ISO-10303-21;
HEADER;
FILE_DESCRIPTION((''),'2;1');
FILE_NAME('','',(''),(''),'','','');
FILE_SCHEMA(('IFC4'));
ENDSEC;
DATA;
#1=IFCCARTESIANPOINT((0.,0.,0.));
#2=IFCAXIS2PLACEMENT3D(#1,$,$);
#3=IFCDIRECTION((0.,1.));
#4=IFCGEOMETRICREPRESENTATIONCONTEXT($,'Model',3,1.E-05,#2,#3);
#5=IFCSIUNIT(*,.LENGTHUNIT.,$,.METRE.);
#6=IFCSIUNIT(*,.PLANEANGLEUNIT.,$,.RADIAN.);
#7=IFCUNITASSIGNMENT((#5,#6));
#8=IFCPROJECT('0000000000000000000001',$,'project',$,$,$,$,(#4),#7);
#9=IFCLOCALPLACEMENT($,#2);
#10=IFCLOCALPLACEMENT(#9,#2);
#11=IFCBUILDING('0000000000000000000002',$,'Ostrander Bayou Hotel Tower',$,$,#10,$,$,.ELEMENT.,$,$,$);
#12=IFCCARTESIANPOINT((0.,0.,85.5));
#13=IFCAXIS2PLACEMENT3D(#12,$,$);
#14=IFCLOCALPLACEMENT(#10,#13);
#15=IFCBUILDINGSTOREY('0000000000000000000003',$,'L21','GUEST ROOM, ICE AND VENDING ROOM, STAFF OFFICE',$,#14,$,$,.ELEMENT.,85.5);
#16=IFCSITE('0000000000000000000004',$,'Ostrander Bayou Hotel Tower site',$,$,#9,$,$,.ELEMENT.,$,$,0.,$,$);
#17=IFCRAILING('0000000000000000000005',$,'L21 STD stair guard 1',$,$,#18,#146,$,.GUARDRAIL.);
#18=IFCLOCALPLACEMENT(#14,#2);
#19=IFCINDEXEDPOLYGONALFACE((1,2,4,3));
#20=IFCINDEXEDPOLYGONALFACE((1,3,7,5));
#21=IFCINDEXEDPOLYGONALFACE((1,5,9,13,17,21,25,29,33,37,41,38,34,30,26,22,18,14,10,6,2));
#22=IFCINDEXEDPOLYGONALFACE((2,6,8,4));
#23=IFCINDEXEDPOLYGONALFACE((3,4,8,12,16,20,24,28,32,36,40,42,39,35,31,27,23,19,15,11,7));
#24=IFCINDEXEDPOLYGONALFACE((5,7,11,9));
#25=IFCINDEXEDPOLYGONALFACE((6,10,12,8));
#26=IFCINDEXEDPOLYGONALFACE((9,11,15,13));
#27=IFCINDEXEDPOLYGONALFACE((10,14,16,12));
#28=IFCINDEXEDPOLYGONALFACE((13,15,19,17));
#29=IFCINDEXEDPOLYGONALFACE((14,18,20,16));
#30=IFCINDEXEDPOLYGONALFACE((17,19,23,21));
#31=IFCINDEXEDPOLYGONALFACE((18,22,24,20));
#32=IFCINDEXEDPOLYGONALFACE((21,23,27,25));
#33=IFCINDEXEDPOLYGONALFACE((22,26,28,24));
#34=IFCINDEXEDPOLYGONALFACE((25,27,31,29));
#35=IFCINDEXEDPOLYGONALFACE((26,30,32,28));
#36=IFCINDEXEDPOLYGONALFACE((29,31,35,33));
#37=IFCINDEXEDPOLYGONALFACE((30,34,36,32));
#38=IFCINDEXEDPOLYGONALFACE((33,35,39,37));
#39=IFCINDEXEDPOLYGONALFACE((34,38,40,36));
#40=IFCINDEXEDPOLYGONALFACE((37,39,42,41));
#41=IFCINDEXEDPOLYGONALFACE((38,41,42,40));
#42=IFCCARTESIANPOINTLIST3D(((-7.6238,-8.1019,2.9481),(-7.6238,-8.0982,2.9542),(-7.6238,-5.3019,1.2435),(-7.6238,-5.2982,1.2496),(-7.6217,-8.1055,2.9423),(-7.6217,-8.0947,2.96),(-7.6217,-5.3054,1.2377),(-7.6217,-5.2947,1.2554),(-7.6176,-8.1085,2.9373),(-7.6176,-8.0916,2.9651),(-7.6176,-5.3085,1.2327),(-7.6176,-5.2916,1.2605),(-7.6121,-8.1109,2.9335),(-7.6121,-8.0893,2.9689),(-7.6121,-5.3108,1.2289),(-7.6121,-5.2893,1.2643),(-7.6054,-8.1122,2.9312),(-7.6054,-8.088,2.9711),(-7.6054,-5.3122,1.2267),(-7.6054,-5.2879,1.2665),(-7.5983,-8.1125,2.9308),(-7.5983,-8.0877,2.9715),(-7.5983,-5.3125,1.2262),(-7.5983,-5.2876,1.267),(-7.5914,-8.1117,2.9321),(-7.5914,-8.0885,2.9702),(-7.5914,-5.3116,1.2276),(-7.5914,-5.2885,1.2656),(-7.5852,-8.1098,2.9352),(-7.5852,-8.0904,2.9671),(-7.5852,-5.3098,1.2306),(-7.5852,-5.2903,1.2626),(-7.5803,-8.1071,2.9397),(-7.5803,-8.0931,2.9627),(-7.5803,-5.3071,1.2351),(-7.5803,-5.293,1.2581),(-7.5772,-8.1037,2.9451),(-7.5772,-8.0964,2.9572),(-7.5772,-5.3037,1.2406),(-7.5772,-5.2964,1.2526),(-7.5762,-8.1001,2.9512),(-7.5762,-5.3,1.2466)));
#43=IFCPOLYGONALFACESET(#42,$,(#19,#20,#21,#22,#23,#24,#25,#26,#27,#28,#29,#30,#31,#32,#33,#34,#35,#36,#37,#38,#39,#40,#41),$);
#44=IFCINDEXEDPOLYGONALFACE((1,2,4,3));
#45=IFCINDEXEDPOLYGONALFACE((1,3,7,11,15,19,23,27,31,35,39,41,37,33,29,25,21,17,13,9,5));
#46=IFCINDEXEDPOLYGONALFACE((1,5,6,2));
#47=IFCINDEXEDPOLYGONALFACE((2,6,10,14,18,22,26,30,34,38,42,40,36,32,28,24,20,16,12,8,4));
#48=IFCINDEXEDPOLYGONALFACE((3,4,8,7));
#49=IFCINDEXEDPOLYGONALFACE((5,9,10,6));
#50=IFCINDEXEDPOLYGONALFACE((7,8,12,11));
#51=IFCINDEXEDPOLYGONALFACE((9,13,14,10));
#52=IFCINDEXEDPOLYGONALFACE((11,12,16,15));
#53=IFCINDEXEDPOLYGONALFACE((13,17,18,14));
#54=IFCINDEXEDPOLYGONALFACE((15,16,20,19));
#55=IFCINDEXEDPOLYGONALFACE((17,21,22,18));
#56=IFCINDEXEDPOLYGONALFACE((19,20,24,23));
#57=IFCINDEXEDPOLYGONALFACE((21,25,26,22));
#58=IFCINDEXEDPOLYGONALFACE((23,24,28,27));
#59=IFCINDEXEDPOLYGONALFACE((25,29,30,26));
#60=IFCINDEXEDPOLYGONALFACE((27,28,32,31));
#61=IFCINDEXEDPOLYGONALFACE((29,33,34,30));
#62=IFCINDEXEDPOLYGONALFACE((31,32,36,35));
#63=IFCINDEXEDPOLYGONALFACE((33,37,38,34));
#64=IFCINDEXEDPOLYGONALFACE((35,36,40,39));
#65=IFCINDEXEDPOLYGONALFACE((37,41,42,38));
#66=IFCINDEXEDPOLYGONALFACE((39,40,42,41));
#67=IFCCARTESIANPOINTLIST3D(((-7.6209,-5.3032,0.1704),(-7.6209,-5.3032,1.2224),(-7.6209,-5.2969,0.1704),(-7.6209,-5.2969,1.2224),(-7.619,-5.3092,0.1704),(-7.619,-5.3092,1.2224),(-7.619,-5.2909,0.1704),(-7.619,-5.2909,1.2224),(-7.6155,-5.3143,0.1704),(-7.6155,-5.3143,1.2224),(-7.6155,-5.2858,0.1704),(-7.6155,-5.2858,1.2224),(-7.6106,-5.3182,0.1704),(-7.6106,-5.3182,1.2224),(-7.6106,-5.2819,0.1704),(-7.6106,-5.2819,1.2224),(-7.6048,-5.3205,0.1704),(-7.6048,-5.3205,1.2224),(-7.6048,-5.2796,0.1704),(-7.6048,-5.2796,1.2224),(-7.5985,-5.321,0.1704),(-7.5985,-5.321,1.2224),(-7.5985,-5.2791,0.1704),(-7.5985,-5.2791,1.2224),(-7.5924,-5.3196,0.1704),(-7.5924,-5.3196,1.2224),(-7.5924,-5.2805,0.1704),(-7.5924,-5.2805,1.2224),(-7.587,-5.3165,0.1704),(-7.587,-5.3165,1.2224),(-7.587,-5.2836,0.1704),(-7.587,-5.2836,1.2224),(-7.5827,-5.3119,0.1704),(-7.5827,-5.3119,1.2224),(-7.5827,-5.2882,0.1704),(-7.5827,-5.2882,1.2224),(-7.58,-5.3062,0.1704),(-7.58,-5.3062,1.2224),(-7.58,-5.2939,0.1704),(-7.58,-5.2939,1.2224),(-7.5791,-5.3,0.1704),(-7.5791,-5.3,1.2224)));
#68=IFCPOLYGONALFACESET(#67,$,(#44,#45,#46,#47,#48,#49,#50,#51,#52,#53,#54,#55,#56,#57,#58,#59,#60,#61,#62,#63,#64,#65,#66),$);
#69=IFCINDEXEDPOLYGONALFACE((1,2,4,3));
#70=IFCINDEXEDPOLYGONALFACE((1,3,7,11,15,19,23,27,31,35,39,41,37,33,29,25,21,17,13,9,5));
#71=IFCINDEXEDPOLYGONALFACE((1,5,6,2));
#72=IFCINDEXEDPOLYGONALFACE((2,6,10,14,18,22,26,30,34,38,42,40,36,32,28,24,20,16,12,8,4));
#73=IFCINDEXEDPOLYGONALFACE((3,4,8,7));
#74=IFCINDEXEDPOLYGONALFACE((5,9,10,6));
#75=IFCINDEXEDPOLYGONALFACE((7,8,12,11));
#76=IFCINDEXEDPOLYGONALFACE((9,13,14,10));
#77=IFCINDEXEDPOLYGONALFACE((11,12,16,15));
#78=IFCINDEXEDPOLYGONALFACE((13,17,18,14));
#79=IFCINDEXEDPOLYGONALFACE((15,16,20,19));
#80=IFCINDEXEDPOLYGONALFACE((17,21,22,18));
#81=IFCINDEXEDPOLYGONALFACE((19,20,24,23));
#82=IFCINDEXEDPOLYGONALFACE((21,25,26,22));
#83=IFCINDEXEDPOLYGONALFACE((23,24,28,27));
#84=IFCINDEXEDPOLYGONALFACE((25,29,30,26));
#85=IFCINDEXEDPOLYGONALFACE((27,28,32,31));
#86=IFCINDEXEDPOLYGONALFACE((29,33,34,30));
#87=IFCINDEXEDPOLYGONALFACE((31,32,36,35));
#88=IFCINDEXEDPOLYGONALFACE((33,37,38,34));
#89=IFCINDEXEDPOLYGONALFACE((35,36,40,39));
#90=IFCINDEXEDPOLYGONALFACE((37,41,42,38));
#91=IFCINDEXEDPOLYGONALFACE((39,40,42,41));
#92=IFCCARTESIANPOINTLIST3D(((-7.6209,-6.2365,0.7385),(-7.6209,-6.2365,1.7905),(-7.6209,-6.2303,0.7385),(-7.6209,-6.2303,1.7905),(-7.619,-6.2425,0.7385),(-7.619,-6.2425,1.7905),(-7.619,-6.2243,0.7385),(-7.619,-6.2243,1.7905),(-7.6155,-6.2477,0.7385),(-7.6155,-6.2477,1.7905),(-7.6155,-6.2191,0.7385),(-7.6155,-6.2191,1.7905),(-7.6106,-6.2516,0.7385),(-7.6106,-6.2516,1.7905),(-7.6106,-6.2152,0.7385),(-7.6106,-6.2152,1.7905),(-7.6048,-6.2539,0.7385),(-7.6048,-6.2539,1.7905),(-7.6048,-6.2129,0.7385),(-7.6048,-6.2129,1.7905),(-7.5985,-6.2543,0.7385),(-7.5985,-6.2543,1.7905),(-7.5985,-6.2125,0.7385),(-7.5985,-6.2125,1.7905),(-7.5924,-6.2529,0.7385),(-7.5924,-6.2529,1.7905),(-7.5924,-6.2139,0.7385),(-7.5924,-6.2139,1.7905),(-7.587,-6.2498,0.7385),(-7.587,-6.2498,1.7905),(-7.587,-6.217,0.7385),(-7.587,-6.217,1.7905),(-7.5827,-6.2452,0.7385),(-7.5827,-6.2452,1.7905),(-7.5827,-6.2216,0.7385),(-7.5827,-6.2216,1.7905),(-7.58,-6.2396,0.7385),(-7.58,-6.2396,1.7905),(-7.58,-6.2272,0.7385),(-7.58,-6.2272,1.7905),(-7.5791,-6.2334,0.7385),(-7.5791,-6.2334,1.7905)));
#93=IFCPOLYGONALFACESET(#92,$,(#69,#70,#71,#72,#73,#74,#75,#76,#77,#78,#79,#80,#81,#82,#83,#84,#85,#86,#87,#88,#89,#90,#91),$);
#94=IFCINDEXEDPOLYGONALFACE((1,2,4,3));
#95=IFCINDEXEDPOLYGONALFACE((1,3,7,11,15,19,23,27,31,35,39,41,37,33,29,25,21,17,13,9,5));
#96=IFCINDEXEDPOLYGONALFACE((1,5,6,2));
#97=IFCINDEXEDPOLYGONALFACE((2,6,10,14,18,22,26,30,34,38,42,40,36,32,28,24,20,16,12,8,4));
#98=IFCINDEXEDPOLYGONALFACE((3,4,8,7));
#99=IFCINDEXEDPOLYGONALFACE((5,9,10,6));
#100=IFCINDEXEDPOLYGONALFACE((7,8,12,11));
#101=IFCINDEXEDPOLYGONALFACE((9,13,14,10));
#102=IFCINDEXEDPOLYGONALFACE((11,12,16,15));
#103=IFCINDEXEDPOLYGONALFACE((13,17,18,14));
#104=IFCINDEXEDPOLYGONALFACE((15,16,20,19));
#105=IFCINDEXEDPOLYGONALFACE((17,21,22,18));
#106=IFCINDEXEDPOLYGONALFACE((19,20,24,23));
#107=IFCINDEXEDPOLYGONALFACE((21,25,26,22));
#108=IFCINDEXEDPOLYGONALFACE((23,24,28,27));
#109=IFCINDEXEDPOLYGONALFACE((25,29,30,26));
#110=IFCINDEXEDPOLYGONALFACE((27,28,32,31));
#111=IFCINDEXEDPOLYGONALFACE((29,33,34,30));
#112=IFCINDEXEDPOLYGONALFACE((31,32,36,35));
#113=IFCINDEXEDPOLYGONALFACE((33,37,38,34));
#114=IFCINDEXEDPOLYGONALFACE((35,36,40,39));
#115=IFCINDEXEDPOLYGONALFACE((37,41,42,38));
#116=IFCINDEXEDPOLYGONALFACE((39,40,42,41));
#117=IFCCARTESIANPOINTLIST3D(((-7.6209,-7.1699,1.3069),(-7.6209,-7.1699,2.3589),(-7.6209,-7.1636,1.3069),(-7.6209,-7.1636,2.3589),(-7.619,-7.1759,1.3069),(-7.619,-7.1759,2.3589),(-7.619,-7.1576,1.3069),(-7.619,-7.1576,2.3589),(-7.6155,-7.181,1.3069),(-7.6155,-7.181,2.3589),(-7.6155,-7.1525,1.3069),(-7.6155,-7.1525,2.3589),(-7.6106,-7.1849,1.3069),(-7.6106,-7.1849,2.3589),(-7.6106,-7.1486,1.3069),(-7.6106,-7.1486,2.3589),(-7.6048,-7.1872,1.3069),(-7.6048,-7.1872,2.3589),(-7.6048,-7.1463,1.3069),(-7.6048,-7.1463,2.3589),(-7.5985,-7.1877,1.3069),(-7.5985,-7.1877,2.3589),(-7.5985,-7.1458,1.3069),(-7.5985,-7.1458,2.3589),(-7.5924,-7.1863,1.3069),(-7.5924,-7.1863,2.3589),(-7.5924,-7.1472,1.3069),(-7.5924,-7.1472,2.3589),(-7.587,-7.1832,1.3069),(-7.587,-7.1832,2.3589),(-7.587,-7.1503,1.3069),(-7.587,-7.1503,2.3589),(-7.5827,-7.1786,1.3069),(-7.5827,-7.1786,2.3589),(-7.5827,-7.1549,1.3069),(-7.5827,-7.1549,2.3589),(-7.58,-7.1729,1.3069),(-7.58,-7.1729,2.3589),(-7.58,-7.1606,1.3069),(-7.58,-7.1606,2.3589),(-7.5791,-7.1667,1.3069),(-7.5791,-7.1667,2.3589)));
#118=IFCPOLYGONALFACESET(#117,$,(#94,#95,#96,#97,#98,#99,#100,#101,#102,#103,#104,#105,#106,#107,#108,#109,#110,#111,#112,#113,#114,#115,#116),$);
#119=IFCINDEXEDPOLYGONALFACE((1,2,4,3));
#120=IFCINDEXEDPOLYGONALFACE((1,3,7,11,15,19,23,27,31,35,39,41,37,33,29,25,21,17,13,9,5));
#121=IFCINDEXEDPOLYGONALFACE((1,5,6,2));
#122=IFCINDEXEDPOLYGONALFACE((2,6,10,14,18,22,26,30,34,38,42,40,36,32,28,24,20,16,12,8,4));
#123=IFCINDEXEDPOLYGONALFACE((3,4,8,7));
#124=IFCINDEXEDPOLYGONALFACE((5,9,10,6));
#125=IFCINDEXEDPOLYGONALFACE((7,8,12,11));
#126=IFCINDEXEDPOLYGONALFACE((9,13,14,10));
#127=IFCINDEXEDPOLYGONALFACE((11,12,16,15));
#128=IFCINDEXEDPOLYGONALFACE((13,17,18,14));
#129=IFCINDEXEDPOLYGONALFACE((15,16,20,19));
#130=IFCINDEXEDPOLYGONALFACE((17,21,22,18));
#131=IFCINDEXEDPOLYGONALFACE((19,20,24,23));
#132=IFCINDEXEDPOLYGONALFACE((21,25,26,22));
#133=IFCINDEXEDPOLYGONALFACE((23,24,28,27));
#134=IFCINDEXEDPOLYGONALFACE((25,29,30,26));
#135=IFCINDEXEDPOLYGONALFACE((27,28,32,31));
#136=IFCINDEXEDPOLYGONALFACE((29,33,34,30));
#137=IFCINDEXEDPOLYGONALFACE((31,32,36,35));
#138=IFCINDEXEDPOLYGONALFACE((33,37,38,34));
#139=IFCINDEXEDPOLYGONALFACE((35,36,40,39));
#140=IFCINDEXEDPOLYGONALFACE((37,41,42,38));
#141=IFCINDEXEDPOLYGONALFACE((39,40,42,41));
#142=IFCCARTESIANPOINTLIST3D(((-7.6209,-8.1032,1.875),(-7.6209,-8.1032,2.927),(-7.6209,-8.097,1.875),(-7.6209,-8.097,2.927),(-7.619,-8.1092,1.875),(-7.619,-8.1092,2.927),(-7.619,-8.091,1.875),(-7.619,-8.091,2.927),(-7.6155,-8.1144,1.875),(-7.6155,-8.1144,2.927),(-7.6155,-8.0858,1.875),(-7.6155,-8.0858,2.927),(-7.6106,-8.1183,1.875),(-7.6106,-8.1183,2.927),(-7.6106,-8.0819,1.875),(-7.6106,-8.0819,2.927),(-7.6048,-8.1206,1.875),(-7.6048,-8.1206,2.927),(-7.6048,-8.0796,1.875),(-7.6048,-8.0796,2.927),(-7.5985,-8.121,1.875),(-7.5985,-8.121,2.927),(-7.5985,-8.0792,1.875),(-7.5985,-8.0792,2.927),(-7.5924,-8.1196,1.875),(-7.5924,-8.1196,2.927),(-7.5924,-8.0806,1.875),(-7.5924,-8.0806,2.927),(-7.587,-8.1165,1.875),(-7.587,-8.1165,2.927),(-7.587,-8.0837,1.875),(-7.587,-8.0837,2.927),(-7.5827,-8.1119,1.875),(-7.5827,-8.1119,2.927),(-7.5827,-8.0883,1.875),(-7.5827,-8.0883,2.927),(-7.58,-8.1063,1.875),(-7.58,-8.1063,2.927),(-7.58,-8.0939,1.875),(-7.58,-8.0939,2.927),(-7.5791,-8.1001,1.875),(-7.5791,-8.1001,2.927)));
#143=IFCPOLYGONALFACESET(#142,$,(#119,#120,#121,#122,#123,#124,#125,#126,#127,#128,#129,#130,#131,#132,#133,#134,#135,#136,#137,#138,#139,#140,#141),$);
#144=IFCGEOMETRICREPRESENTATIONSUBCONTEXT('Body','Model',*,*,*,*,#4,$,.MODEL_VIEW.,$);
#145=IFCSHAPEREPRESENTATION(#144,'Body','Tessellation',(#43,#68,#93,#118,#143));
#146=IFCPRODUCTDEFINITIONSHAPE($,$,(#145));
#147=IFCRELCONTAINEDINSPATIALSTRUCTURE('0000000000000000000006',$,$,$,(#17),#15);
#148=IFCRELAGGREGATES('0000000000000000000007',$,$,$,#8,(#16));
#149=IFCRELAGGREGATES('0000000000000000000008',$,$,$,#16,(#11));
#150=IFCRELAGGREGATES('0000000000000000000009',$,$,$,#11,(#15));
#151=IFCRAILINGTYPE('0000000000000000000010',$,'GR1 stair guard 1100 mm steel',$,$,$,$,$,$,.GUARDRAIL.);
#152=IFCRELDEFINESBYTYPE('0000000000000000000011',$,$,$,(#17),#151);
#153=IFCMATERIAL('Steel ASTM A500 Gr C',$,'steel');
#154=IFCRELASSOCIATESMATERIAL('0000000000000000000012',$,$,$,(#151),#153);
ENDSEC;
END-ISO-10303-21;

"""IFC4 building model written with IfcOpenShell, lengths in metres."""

from ifc_helpers import new_model, si_unit, direction, frame, origin, origin_2d, place, context, subcontext, project, spatial, circle, extrude, material, type_object, element, save


model = new_model("IFC4")

# Units and contexts
model_context = context("Model", 3, precision=1e-05, world=origin(), true_north=direction((0.0, 1.0)))
body_context = subcontext(model_context, "Body", "Model", "MODEL_VIEW")
ifc_project = project(units=[si_unit("LENGTHUNIT", "METRE"), si_unit("PLANEANGLEUNIT", "RADIAN")], contexts=[model_context])

# Site, building, storey
site_placement = place(None, origin())
site = spatial("IfcSite", under=ifc_project, at=site_placement, Name="Ostrander Bayou Hotel Tower site", CompositionType="ELEMENT", RefElevation=0.0)
building_placement = place(site_placement, origin())
building = spatial("IfcBuilding", under=site, at=building_placement, Name="Ostrander Bayou Hotel Tower", CompositionType="ELEMENT")
storey_placement = place(building_placement, frame((0.0, 0.0, 85.5)))
storey = spatial("IfcBuildingStorey", under=building, at=storey_placement, Name="L21", Description="GUEST ROOM, ICE AND VENDING ROOM, STAFF OFFICE", CompositionType="ELEMENT", Elevation=85.5)

# Railing
ifc_material_1 = material(Name="Steel ASTM A500 Gr C", Category="steel")
railing_type = type_object("IfcRailingType", Name="GR1 stair guard 1100 mm steel", PredefinedType="GUARDRAIL", material=ifc_material_1)
railing_1_placement = place(storey_placement, frame((-7.6001, -5.3, 0.1704)))
element("IfcRailing", 1, at=railing_1_placement, inside=storey, type_object=railing_type, Name="L21 STD stair guard 1", PredefinedType="GUARDRAIL", context=body_context, shape_type="SweptSolid", body=[
    extrude(circle(Radius=0.0239, at=origin_2d()), frame((0.0, 0.0, 1.0762), z_axis=(0.0, -0.85417, 0.519994), x_axis=(1.0, 0.0, 0.0)), (0.0, 0.0, 1.0), 3.2781),
    extrude(circle(Radius=0.021, at=origin_2d()), origin(), (0.0, 0.0, 1.0), 1.052),
    extrude(circle(Radius=0.021, at=origin_2d()), frame((0.0, -0.9333, 0.5681)), (0.0, 0.0, 1.0), 1.052),
    extrude(circle(Radius=0.021, at=origin_2d()), frame((0.0, -1.8667, 1.1365)), (0.0, 0.0, 1.0), 1.052),
    extrude(circle(Radius=0.021, at=origin_2d()), frame((0.0, -2.8, 1.7046)), (0.0, 0.0, 1.0), 1.052),
])

save(model, "model.ifc")
